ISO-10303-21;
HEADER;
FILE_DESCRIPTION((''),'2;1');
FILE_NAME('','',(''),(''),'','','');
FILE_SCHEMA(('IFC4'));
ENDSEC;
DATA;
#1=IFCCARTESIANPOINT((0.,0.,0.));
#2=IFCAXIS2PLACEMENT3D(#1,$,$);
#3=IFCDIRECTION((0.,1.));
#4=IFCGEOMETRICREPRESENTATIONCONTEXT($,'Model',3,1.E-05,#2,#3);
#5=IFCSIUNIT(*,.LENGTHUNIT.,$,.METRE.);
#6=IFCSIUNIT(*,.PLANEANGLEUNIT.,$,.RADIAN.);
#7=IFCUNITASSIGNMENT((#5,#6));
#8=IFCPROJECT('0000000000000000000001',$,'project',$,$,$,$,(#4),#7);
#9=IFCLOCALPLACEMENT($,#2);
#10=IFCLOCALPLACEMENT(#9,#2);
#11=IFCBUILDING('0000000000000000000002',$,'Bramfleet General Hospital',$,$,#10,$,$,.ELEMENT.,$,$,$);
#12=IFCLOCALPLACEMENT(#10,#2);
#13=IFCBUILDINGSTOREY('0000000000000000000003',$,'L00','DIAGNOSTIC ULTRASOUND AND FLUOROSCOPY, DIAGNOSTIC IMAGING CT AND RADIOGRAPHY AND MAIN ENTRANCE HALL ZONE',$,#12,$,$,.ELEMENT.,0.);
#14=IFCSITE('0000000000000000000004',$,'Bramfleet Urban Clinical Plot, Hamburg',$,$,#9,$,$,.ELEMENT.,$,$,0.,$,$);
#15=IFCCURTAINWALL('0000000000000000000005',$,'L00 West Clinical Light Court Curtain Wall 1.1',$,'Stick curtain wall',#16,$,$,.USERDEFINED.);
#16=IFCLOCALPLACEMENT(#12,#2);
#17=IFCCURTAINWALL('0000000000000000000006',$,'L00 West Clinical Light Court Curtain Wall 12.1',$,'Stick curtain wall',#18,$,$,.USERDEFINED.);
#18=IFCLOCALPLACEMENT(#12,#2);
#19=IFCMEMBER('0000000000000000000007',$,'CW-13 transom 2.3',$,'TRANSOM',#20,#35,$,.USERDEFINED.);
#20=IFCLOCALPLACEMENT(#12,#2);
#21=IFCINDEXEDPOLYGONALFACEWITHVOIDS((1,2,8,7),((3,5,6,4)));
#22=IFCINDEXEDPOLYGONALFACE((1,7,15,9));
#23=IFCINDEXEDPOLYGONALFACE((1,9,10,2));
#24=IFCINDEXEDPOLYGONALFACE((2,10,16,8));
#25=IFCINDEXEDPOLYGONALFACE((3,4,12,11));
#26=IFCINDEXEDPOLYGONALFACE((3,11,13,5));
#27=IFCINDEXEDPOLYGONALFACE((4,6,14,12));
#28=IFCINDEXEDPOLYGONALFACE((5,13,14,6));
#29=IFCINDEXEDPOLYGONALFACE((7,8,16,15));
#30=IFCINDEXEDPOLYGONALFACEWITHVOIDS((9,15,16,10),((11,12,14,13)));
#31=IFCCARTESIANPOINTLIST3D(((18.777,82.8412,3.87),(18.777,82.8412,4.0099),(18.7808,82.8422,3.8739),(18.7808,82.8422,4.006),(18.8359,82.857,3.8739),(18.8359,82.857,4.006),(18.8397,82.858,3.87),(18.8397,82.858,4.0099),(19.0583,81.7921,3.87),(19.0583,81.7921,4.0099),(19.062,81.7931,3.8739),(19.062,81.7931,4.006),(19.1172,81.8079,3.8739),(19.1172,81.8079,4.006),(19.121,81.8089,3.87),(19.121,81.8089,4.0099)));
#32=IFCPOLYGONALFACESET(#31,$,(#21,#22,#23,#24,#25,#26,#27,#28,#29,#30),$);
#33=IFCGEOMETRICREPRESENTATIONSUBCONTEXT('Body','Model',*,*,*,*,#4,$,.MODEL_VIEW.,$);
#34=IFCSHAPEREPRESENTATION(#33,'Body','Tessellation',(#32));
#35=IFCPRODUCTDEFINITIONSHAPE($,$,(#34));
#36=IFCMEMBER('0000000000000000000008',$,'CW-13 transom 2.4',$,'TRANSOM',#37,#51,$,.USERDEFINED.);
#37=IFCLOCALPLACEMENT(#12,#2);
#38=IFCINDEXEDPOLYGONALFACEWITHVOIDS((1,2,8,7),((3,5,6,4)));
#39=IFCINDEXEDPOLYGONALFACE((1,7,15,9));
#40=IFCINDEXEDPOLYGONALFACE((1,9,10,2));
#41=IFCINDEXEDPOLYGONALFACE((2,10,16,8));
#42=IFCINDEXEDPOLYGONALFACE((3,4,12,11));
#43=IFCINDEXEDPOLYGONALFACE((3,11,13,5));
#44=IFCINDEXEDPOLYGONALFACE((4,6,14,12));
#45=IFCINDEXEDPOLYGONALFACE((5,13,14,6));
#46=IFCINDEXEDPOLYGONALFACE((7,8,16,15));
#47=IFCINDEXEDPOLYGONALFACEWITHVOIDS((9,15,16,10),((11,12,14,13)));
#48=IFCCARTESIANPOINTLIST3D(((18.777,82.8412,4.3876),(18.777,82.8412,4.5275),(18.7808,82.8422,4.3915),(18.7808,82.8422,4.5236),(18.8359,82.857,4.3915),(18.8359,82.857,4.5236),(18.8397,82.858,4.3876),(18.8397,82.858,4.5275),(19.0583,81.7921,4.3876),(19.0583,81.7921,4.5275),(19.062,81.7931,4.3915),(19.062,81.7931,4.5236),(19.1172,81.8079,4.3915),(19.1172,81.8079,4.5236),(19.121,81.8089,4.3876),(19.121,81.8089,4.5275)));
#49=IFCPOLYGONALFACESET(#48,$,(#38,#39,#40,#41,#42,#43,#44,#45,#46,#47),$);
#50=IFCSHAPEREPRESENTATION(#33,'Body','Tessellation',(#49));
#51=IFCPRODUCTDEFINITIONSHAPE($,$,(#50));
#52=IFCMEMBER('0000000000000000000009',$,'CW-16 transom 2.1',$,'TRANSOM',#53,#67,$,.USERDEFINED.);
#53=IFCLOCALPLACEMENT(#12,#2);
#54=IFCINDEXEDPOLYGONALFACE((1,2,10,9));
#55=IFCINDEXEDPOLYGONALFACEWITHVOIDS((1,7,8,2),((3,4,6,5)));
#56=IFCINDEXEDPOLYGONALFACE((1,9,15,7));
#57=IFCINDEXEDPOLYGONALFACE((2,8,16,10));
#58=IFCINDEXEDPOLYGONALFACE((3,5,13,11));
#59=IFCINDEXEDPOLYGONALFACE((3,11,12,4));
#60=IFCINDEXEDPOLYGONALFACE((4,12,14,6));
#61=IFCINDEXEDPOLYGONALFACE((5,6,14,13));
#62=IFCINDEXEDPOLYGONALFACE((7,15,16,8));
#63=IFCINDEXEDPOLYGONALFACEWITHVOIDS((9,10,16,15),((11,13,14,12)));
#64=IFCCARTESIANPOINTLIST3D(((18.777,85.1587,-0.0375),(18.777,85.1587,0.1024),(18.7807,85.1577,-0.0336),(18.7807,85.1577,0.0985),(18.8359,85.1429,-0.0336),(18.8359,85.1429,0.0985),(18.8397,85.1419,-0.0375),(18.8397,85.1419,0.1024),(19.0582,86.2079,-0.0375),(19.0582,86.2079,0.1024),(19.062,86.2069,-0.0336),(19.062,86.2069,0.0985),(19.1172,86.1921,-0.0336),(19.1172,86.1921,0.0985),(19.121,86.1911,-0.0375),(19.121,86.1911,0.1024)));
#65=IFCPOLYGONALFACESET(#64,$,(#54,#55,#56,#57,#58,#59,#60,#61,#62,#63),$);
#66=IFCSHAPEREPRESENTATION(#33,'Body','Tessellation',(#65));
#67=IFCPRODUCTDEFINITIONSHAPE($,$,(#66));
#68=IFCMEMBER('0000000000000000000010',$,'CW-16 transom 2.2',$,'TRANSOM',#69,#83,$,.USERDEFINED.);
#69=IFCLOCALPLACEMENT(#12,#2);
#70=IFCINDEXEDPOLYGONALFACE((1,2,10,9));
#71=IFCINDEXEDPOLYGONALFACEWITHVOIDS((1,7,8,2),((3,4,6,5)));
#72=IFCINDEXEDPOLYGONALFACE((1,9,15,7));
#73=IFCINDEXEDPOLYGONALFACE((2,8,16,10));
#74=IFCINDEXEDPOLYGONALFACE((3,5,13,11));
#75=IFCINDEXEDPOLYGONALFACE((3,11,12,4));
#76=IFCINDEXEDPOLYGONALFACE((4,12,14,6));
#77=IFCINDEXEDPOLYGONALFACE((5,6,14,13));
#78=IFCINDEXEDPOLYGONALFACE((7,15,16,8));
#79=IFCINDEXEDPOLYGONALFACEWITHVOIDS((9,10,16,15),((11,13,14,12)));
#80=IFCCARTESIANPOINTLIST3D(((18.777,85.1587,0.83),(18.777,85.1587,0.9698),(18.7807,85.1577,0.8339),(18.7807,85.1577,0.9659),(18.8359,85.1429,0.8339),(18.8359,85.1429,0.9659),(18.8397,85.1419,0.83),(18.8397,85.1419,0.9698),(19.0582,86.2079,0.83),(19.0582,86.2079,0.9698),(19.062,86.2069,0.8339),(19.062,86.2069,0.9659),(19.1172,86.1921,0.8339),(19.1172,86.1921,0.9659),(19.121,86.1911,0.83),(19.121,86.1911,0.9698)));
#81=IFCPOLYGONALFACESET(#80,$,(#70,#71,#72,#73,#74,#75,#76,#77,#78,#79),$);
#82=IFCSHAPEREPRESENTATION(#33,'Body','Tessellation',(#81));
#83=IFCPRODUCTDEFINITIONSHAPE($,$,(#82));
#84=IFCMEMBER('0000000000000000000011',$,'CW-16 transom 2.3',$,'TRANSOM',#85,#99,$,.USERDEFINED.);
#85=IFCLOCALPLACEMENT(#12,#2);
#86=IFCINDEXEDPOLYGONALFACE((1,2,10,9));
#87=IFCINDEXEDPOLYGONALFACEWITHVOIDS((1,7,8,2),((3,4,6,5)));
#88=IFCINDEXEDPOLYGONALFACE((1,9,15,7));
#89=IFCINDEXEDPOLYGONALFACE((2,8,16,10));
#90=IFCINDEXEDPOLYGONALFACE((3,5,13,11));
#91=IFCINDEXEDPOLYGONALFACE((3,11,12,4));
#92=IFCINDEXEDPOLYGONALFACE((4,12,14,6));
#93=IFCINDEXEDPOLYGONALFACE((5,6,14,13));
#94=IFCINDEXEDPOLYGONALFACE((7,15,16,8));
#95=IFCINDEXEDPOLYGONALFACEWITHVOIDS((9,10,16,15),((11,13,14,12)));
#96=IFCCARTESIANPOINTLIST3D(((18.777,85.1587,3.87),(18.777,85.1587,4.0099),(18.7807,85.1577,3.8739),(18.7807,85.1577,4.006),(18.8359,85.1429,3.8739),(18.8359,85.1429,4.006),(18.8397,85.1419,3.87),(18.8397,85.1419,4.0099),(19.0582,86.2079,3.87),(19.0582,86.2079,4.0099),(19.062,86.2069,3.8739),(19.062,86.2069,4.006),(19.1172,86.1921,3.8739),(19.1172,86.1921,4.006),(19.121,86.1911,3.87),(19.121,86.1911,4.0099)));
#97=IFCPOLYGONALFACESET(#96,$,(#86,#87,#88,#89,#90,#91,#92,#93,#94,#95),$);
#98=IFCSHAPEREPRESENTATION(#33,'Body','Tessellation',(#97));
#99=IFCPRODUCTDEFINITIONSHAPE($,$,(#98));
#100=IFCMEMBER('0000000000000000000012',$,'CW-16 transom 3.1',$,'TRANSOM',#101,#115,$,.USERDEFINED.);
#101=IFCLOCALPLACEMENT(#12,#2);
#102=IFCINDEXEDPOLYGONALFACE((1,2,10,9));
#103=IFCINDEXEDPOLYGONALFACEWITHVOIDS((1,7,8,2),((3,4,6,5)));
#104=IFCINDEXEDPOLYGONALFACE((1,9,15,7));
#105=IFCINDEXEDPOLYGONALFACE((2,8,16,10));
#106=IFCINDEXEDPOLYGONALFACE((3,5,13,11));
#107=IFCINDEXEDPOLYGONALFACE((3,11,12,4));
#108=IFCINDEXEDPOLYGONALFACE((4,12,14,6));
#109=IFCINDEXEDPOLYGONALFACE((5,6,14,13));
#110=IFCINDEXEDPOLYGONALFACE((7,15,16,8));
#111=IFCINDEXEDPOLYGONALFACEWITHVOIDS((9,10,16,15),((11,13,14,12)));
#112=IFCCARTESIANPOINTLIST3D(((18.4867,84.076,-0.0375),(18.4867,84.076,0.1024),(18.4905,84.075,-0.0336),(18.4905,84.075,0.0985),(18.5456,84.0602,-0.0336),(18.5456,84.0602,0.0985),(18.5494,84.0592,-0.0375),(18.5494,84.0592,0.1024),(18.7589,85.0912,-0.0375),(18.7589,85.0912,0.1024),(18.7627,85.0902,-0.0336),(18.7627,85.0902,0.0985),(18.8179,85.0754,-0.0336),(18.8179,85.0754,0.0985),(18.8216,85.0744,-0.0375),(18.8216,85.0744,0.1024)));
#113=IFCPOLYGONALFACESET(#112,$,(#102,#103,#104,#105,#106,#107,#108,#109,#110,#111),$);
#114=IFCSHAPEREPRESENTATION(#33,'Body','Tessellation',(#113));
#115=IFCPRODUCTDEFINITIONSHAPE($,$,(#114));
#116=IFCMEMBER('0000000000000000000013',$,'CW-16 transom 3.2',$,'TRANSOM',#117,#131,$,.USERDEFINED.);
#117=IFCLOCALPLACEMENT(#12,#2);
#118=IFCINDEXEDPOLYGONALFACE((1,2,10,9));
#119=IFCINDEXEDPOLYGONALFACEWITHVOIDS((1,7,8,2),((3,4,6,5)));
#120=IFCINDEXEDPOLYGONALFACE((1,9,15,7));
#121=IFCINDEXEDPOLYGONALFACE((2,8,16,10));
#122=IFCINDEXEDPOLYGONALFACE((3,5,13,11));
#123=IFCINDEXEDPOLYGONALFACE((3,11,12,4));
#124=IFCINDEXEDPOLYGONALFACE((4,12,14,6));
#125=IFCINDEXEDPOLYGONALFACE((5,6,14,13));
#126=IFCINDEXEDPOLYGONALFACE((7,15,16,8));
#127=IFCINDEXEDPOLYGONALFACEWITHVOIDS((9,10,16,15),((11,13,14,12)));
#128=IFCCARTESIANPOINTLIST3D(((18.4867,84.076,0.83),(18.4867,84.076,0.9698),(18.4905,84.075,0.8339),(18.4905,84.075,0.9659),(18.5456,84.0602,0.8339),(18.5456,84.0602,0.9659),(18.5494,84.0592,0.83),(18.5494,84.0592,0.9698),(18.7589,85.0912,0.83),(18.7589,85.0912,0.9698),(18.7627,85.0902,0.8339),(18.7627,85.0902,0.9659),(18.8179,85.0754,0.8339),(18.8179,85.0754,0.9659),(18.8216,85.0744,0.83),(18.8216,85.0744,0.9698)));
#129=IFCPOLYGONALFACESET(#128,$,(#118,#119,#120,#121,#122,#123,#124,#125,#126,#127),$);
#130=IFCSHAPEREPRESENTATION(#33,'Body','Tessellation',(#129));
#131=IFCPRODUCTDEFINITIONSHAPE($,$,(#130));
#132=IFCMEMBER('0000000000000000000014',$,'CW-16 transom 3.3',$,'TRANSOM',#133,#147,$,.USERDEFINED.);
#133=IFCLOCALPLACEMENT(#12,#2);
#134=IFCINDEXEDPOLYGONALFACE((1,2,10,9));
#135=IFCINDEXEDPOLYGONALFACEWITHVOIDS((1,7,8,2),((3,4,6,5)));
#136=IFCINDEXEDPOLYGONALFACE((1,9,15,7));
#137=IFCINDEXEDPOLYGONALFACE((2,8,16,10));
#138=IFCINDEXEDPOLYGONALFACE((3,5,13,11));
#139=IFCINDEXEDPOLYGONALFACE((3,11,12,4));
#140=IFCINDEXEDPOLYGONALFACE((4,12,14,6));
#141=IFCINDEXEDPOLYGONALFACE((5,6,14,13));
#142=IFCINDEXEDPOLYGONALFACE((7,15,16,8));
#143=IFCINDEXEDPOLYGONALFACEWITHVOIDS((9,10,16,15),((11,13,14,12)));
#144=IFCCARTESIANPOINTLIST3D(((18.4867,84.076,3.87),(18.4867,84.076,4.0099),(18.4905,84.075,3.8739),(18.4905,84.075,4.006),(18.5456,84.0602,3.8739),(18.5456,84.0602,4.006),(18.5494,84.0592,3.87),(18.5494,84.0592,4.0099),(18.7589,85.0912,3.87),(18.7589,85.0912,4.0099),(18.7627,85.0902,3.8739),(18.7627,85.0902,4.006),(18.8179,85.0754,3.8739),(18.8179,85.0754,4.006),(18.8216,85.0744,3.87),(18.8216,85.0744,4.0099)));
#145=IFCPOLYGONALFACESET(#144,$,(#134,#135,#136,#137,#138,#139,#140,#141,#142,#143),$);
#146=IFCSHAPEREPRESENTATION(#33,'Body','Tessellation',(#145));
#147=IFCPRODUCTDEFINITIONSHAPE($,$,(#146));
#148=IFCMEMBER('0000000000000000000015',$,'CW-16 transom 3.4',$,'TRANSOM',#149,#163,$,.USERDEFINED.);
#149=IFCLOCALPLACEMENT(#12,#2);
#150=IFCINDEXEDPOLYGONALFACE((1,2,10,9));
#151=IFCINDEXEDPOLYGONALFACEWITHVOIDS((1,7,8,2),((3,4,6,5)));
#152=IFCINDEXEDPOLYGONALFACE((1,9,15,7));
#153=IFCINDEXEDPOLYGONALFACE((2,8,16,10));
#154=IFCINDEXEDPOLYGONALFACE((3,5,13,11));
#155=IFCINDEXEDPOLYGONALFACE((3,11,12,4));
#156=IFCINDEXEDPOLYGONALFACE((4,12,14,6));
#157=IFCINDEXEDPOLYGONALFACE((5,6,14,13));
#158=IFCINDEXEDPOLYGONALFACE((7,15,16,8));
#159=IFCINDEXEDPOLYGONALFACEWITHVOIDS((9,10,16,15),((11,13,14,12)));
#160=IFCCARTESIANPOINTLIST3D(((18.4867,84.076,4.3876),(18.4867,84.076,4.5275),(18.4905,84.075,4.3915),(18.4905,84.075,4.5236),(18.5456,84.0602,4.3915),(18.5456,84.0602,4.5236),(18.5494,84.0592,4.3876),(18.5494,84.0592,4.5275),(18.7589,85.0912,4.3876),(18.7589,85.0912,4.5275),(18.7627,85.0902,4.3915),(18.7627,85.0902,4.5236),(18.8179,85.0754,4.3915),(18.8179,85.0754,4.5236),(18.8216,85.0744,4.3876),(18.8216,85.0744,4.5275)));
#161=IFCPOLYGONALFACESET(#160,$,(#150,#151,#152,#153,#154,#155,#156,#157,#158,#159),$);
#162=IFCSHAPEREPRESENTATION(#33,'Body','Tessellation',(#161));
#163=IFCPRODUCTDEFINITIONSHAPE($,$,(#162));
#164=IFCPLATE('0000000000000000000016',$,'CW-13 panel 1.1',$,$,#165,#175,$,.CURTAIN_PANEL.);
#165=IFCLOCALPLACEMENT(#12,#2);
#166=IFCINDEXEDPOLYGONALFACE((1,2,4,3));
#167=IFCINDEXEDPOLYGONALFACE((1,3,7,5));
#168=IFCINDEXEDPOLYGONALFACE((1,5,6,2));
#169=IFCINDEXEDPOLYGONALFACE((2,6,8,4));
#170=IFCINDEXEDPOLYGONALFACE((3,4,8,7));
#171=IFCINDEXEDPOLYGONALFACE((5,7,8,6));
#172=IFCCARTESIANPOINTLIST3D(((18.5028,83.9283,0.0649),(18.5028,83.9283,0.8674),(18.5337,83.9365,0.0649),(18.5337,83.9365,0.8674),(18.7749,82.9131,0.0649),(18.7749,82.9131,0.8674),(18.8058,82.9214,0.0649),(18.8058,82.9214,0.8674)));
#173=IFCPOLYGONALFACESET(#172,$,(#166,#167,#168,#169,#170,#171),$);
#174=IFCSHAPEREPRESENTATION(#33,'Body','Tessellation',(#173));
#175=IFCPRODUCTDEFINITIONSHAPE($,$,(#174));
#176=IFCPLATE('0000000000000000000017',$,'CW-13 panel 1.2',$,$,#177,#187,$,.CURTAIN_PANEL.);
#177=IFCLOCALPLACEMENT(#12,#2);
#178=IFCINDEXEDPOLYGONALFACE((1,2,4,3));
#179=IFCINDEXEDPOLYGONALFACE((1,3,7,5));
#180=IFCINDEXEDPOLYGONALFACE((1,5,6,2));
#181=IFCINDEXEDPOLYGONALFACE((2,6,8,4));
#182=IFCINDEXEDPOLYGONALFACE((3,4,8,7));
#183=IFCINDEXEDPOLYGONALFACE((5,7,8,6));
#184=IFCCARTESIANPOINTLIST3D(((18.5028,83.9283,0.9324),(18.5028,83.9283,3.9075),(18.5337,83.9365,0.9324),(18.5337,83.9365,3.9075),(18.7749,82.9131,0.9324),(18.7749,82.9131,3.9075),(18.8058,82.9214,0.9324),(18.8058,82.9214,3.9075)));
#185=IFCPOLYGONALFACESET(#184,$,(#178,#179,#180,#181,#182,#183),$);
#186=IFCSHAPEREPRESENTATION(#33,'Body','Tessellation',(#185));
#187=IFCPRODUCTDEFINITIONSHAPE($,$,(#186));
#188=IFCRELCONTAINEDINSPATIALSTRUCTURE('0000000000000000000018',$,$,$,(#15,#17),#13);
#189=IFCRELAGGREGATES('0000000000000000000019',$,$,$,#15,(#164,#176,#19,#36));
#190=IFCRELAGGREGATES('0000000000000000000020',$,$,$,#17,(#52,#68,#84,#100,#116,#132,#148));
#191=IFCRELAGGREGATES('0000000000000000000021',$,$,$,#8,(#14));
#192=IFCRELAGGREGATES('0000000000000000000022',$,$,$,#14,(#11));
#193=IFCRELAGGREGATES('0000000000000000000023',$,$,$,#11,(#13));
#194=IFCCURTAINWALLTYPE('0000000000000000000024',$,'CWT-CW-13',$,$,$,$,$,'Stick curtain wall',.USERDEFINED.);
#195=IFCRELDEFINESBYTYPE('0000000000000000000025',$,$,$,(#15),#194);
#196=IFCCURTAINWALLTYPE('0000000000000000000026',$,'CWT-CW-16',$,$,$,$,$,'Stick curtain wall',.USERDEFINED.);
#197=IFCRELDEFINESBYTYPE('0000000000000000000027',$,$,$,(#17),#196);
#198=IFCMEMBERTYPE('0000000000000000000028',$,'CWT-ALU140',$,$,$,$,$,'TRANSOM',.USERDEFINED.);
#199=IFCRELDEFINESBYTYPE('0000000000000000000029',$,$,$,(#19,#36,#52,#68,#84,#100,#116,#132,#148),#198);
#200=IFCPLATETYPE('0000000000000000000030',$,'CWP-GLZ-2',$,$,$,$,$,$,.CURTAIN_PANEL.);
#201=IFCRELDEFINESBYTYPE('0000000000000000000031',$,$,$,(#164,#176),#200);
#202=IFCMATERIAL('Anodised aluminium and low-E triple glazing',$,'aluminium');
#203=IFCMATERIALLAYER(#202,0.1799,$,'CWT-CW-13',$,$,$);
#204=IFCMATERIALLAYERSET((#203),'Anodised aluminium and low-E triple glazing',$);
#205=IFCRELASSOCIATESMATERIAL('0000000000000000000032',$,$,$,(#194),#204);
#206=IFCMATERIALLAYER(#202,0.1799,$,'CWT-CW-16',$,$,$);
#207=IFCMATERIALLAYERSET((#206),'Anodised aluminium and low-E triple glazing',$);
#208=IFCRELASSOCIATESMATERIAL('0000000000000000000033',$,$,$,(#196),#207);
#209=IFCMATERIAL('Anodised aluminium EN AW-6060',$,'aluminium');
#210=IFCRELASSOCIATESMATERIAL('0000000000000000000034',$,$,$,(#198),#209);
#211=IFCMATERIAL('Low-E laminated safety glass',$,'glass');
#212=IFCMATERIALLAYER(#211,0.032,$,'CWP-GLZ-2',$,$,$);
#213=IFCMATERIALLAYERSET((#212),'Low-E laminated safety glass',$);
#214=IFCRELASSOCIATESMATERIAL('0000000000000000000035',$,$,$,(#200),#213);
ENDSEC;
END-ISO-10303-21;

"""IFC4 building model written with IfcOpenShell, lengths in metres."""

from ifc_helpers import new_model, si_unit, direction, frame, origin, origin_2d, place, context, subcontext, project, spatial, rectangle, hollow_rectangle, extrude, material, layer, layer_set, material_profile, profile_set, type_object, element, aggregate, save


model = new_model("IFC4")

# Units and contexts
model_context = context("Model", 3, precision=1e-05, world=origin(), true_north=direction((0.0, 1.0)))
body_context = subcontext(model_context, "Body", "Model", "MODEL_VIEW")
ifc_project = project(units=[si_unit("LENGTHUNIT", "METRE"), si_unit("PLANEANGLEUNIT", "RADIAN")], contexts=[model_context])

# Site, building, storey
site_placement = place(None, origin())
site = spatial("IfcSite", under=ifc_project, at=site_placement, Name="Bramfleet Urban Clinical Plot, Hamburg", CompositionType="ELEMENT", RefElevation=0.0)
building_placement = place(site_placement, origin())
building = spatial("IfcBuilding", under=site, at=building_placement, Name="Bramfleet General Hospital", CompositionType="ELEMENT")
storey_placement = place(building_placement, origin())
storey = spatial("IfcBuildingStorey", under=building, at=storey_placement, Name="L00", Description="DIAGNOSTIC ULTRASOUND AND FLUOROSCOPY, DIAGNOSTIC IMAGING CT AND RADIOGRAPHY AND MAIN ENTRANCE HALL ZONE", CompositionType="ELEMENT", Elevation=0.0)

# Curtain walls
ifc_material_1 = material(Name="Anodised aluminium and low-E triple glazing", Category="aluminium")
ifc_layer_1 = layer(ifc_material_1, 0.1799, Name="CWT-CW-13")
ifc_layer_set_1 = layer_set([ifc_layer_1], Name="Anodised aluminium and low-E triple glazing")
curtain_wall_type_1 = type_object("IfcCurtainWallType", Name="CWT-CW-13", ElementType="Stick curtain wall", PredefinedType="USERDEFINED", material=ifc_layer_set_1)
curtain_wall_1_placement = place(storey_placement, origin())
curtain_wall_1 = element("IfcCurtainWall", 1, at=curtain_wall_1_placement, inside=storey, type_object=curtain_wall_type_1, Name="L00 West Clinical Light Court Curtain Wall 1.1", ObjectType="Stick curtain wall", PredefinedType="USERDEFINED")
ifc_material_2 = material(Name="Anodised aluminium EN AW-6060", Category="aluminium")
ifc_layer_2 = layer(ifc_material_1, 0.1799, Name="CWT-CW-16")
ifc_layer_set_2 = layer_set([ifc_layer_2], Name="Anodised aluminium and low-E triple glazing")
curtain_wall_type_2 = type_object("IfcCurtainWallType", Name="CWT-CW-16", ElementType="Stick curtain wall", PredefinedType="USERDEFINED", material=ifc_layer_set_2)
curtain_wall_2_placement = place(storey_placement, origin())
curtain_wall_2 = element("IfcCurtainWall", 2, at=curtain_wall_2_placement, inside=storey, type_object=curtain_wall_type_2, Name="L00 West Clinical Light Court Curtain Wall 12.1", ObjectType="Stick curtain wall", PredefinedType="USERDEFINED")

# Members
ifc_material_profile_1 = material_profile(ifc_material_2, hollow_rectangle(XDim=0.0649, YDim=0.1399, WallThickness=0.0039, at=origin_2d()), Name="ALU 140x65x4.0")
ifc_profile_set_1 = profile_set([ifc_material_profile_1], Name="Anodised aluminium EN AW-6060")
member_type_1 = type_object("IfcMemberType", Name="CWT-ALU140", ElementType="TRANSOM", PredefinedType="USERDEFINED", material=ifc_profile_set_1)
member_1_placement = place(storey_placement, frame((18.8083, 82.8496, 3.9399), z_axis=(0.25895, -0.965891, 0.0), x_axis=(0.965891, 0.25895, 0.0)))
member_1 = element("IfcMember", 3, at=member_1_placement, type_object=member_type_1, Name="CW-13 transom 2.3", ObjectType="TRANSOM", PredefinedType="USERDEFINED", context=body_context, shape_type="SweptSolid", body=[
    extrude(hollow_rectangle(XDim=0.0649, YDim=0.1399, WallThickness=0.0039, at=origin_2d()), origin(), (0.0, 0.0, 1.0), 1.0862),
])
member_2_placement = place(storey_placement, frame((18.8083, 82.8496, 4.4575), z_axis=(0.25895, -0.965891, 0.0), x_axis=(0.965891, 0.25895, 0.0)))
member_2 = element("IfcMember", 4, at=member_2_placement, type_object=member_type_1, Name="CW-13 transom 2.4", ObjectType="TRANSOM", PredefinedType="USERDEFINED", context=body_context, shape_type="SweptSolid", body=[
    extrude(hollow_rectangle(XDim=0.0649, YDim=0.1399, WallThickness=0.0039, at=origin_2d()), origin(), (0.0, 0.0, 1.0), 1.0862),
])
member_3_placement = place(storey_placement, frame((19.0896, 86.1995, 0.0325), z_axis=(-0.25895, -0.965891, 0.0), x_axis=(0.965891, -0.25895, 0.0)))
member_3 = element("IfcMember", 5, at=member_3_placement, type_object=member_type_1, Name="CW-16 transom 2.1", ObjectType="TRANSOM", PredefinedType="USERDEFINED", context=body_context, shape_type="SweptSolid", body=[
    extrude(hollow_rectangle(XDim=0.0649, YDim=0.1399, WallThickness=0.0039, at=origin_2d()), origin(), (0.0, 0.0, 1.0), 1.0862),
])
member_4_placement = place(storey_placement, frame((19.0896, 86.1995, 0.8999), z_axis=(-0.25895, -0.965891, 0.0), x_axis=(0.965891, -0.25895, 0.0)))
member_4 = element("IfcMember", 6, at=member_4_placement, type_object=member_type_1, Name="CW-16 transom 2.2", ObjectType="TRANSOM", PredefinedType="USERDEFINED", context=body_context, shape_type="SweptSolid", body=[
    extrude(hollow_rectangle(XDim=0.0649, YDim=0.1399, WallThickness=0.0039, at=origin_2d()), origin(), (0.0, 0.0, 1.0), 1.0862),
])
member_5_placement = place(storey_placement, frame((19.0896, 86.1995, 3.9399), z_axis=(-0.25895, -0.965891, 0.0), x_axis=(0.965891, -0.25895, 0.0)))
member_5 = element("IfcMember", 7, at=member_5_placement, type_object=member_type_1, Name="CW-16 transom 2.3", ObjectType="TRANSOM", PredefinedType="USERDEFINED", context=body_context, shape_type="SweptSolid", body=[
    extrude(hollow_rectangle(XDim=0.0649, YDim=0.1399, WallThickness=0.0039, at=origin_2d()), origin(), (0.0, 0.0, 1.0), 1.0862),
])
member_6_placement = place(storey_placement, frame((18.7903, 85.0828, 0.0325), z_axis=(-0.259007, -0.965875, 0.0), x_axis=(0.965875, -0.259007, 0.0)))
member_6 = element("IfcMember", 8, at=member_6_placement, type_object=member_type_1, Name="CW-16 transom 3.1", ObjectType="TRANSOM", PredefinedType="USERDEFINED", context=body_context, shape_type="SweptSolid", body=[
    extrude(hollow_rectangle(XDim=0.0649, YDim=0.1399, WallThickness=0.0039, at=origin_2d()), origin(), (0.0, 0.0, 1.0), 1.051),
])
member_7_placement = place(storey_placement, frame((18.7903, 85.0828, 0.8999), z_axis=(-0.259007, -0.965875, 0.0), x_axis=(0.965875, -0.259007, 0.0)))
member_7 = element("IfcMember", 9, at=member_7_placement, type_object=member_type_1, Name="CW-16 transom 3.2", ObjectType="TRANSOM", PredefinedType="USERDEFINED", context=body_context, shape_type="SweptSolid", body=[
    extrude(hollow_rectangle(XDim=0.0649, YDim=0.1399, WallThickness=0.0039, at=origin_2d()), origin(), (0.0, 0.0, 1.0), 1.051),
])
member_8_placement = place(storey_placement, frame((18.7903, 85.0828, 3.9399), z_axis=(-0.259007, -0.965875, 0.0), x_axis=(0.965875, -0.259007, 0.0)))
member_8 = element("IfcMember", 10, at=member_8_placement, type_object=member_type_1, Name="CW-16 transom 3.3", ObjectType="TRANSOM", PredefinedType="USERDEFINED", context=body_context, shape_type="SweptSolid", body=[
    extrude(hollow_rectangle(XDim=0.0649, YDim=0.1399, WallThickness=0.0039, at=origin_2d()), origin(), (0.0, 0.0, 1.0), 1.051),
])
member_9_placement = place(storey_placement, frame((18.7903, 85.0828, 4.4575), z_axis=(-0.259007, -0.965875, 0.0), x_axis=(0.965875, -0.259007, 0.0)))
member_9 = element("IfcMember", 11, at=member_9_placement, type_object=member_type_1, Name="CW-16 transom 3.4", ObjectType="TRANSOM", PredefinedType="USERDEFINED", context=body_context, shape_type="SweptSolid", body=[
    extrude(hollow_rectangle(XDim=0.0649, YDim=0.1399, WallThickness=0.0039, at=origin_2d()), origin(), (0.0, 0.0, 1.0), 1.051),
])

# Plates
ifc_material_3 = material(Name="Low-E laminated safety glass", Category="glass")
ifc_layer_3 = layer(ifc_material_3, 0.032, Name="CWP-GLZ-2")
ifc_layer_set_3 = layer_set([ifc_layer_3], Name="Low-E laminated safety glass")
plate_type = type_object("IfcPlateType", Name="CWP-GLZ-2", PredefinedType="CURTAIN_PANEL", material=ifc_layer_set_3)
plate_1_placement = place(storey_placement, frame((18.6543, 83.4248, 0.0649), z_axis=(0.0, 0.0, 1.0), x_axis=(0.258919, -0.965899, 0.0)))
plate_1 = element("IfcPlate", 12, at=plate_1_placement, type_object=plate_type, Name="CW-13 panel 1.1", PredefinedType="CURTAIN_PANEL", context=body_context, shape_type="SweptSolid", body=[
    extrude(rectangle(XDim=1.051, YDim=0.032, at=origin_2d()), origin(), (0.0, 0.0, 1.0), 0.8025),
])
plate_2_placement = place(storey_placement, frame((18.6543, 83.4248, 0.9324), z_axis=(0.0, 0.0, 1.0), x_axis=(0.258919, -0.965899, 0.0)))
plate_2 = element("IfcPlate", 13, at=plate_2_placement, type_object=plate_type, Name="CW-13 panel 1.2", PredefinedType="CURTAIN_PANEL", context=body_context, shape_type="SweptSolid", body=[
    extrude(rectangle(XDim=1.051, YDim=0.032, at=origin_2d()), origin(), (0.0, 0.0, 1.0), 2.9751),
])
aggregate(curtain_wall_1, [plate_1, plate_2, member_1, member_2])
aggregate(curtain_wall_2, [member_3, member_4, member_5, member_6, member_7, member_8, member_9])

save(model, "model.ifc")
